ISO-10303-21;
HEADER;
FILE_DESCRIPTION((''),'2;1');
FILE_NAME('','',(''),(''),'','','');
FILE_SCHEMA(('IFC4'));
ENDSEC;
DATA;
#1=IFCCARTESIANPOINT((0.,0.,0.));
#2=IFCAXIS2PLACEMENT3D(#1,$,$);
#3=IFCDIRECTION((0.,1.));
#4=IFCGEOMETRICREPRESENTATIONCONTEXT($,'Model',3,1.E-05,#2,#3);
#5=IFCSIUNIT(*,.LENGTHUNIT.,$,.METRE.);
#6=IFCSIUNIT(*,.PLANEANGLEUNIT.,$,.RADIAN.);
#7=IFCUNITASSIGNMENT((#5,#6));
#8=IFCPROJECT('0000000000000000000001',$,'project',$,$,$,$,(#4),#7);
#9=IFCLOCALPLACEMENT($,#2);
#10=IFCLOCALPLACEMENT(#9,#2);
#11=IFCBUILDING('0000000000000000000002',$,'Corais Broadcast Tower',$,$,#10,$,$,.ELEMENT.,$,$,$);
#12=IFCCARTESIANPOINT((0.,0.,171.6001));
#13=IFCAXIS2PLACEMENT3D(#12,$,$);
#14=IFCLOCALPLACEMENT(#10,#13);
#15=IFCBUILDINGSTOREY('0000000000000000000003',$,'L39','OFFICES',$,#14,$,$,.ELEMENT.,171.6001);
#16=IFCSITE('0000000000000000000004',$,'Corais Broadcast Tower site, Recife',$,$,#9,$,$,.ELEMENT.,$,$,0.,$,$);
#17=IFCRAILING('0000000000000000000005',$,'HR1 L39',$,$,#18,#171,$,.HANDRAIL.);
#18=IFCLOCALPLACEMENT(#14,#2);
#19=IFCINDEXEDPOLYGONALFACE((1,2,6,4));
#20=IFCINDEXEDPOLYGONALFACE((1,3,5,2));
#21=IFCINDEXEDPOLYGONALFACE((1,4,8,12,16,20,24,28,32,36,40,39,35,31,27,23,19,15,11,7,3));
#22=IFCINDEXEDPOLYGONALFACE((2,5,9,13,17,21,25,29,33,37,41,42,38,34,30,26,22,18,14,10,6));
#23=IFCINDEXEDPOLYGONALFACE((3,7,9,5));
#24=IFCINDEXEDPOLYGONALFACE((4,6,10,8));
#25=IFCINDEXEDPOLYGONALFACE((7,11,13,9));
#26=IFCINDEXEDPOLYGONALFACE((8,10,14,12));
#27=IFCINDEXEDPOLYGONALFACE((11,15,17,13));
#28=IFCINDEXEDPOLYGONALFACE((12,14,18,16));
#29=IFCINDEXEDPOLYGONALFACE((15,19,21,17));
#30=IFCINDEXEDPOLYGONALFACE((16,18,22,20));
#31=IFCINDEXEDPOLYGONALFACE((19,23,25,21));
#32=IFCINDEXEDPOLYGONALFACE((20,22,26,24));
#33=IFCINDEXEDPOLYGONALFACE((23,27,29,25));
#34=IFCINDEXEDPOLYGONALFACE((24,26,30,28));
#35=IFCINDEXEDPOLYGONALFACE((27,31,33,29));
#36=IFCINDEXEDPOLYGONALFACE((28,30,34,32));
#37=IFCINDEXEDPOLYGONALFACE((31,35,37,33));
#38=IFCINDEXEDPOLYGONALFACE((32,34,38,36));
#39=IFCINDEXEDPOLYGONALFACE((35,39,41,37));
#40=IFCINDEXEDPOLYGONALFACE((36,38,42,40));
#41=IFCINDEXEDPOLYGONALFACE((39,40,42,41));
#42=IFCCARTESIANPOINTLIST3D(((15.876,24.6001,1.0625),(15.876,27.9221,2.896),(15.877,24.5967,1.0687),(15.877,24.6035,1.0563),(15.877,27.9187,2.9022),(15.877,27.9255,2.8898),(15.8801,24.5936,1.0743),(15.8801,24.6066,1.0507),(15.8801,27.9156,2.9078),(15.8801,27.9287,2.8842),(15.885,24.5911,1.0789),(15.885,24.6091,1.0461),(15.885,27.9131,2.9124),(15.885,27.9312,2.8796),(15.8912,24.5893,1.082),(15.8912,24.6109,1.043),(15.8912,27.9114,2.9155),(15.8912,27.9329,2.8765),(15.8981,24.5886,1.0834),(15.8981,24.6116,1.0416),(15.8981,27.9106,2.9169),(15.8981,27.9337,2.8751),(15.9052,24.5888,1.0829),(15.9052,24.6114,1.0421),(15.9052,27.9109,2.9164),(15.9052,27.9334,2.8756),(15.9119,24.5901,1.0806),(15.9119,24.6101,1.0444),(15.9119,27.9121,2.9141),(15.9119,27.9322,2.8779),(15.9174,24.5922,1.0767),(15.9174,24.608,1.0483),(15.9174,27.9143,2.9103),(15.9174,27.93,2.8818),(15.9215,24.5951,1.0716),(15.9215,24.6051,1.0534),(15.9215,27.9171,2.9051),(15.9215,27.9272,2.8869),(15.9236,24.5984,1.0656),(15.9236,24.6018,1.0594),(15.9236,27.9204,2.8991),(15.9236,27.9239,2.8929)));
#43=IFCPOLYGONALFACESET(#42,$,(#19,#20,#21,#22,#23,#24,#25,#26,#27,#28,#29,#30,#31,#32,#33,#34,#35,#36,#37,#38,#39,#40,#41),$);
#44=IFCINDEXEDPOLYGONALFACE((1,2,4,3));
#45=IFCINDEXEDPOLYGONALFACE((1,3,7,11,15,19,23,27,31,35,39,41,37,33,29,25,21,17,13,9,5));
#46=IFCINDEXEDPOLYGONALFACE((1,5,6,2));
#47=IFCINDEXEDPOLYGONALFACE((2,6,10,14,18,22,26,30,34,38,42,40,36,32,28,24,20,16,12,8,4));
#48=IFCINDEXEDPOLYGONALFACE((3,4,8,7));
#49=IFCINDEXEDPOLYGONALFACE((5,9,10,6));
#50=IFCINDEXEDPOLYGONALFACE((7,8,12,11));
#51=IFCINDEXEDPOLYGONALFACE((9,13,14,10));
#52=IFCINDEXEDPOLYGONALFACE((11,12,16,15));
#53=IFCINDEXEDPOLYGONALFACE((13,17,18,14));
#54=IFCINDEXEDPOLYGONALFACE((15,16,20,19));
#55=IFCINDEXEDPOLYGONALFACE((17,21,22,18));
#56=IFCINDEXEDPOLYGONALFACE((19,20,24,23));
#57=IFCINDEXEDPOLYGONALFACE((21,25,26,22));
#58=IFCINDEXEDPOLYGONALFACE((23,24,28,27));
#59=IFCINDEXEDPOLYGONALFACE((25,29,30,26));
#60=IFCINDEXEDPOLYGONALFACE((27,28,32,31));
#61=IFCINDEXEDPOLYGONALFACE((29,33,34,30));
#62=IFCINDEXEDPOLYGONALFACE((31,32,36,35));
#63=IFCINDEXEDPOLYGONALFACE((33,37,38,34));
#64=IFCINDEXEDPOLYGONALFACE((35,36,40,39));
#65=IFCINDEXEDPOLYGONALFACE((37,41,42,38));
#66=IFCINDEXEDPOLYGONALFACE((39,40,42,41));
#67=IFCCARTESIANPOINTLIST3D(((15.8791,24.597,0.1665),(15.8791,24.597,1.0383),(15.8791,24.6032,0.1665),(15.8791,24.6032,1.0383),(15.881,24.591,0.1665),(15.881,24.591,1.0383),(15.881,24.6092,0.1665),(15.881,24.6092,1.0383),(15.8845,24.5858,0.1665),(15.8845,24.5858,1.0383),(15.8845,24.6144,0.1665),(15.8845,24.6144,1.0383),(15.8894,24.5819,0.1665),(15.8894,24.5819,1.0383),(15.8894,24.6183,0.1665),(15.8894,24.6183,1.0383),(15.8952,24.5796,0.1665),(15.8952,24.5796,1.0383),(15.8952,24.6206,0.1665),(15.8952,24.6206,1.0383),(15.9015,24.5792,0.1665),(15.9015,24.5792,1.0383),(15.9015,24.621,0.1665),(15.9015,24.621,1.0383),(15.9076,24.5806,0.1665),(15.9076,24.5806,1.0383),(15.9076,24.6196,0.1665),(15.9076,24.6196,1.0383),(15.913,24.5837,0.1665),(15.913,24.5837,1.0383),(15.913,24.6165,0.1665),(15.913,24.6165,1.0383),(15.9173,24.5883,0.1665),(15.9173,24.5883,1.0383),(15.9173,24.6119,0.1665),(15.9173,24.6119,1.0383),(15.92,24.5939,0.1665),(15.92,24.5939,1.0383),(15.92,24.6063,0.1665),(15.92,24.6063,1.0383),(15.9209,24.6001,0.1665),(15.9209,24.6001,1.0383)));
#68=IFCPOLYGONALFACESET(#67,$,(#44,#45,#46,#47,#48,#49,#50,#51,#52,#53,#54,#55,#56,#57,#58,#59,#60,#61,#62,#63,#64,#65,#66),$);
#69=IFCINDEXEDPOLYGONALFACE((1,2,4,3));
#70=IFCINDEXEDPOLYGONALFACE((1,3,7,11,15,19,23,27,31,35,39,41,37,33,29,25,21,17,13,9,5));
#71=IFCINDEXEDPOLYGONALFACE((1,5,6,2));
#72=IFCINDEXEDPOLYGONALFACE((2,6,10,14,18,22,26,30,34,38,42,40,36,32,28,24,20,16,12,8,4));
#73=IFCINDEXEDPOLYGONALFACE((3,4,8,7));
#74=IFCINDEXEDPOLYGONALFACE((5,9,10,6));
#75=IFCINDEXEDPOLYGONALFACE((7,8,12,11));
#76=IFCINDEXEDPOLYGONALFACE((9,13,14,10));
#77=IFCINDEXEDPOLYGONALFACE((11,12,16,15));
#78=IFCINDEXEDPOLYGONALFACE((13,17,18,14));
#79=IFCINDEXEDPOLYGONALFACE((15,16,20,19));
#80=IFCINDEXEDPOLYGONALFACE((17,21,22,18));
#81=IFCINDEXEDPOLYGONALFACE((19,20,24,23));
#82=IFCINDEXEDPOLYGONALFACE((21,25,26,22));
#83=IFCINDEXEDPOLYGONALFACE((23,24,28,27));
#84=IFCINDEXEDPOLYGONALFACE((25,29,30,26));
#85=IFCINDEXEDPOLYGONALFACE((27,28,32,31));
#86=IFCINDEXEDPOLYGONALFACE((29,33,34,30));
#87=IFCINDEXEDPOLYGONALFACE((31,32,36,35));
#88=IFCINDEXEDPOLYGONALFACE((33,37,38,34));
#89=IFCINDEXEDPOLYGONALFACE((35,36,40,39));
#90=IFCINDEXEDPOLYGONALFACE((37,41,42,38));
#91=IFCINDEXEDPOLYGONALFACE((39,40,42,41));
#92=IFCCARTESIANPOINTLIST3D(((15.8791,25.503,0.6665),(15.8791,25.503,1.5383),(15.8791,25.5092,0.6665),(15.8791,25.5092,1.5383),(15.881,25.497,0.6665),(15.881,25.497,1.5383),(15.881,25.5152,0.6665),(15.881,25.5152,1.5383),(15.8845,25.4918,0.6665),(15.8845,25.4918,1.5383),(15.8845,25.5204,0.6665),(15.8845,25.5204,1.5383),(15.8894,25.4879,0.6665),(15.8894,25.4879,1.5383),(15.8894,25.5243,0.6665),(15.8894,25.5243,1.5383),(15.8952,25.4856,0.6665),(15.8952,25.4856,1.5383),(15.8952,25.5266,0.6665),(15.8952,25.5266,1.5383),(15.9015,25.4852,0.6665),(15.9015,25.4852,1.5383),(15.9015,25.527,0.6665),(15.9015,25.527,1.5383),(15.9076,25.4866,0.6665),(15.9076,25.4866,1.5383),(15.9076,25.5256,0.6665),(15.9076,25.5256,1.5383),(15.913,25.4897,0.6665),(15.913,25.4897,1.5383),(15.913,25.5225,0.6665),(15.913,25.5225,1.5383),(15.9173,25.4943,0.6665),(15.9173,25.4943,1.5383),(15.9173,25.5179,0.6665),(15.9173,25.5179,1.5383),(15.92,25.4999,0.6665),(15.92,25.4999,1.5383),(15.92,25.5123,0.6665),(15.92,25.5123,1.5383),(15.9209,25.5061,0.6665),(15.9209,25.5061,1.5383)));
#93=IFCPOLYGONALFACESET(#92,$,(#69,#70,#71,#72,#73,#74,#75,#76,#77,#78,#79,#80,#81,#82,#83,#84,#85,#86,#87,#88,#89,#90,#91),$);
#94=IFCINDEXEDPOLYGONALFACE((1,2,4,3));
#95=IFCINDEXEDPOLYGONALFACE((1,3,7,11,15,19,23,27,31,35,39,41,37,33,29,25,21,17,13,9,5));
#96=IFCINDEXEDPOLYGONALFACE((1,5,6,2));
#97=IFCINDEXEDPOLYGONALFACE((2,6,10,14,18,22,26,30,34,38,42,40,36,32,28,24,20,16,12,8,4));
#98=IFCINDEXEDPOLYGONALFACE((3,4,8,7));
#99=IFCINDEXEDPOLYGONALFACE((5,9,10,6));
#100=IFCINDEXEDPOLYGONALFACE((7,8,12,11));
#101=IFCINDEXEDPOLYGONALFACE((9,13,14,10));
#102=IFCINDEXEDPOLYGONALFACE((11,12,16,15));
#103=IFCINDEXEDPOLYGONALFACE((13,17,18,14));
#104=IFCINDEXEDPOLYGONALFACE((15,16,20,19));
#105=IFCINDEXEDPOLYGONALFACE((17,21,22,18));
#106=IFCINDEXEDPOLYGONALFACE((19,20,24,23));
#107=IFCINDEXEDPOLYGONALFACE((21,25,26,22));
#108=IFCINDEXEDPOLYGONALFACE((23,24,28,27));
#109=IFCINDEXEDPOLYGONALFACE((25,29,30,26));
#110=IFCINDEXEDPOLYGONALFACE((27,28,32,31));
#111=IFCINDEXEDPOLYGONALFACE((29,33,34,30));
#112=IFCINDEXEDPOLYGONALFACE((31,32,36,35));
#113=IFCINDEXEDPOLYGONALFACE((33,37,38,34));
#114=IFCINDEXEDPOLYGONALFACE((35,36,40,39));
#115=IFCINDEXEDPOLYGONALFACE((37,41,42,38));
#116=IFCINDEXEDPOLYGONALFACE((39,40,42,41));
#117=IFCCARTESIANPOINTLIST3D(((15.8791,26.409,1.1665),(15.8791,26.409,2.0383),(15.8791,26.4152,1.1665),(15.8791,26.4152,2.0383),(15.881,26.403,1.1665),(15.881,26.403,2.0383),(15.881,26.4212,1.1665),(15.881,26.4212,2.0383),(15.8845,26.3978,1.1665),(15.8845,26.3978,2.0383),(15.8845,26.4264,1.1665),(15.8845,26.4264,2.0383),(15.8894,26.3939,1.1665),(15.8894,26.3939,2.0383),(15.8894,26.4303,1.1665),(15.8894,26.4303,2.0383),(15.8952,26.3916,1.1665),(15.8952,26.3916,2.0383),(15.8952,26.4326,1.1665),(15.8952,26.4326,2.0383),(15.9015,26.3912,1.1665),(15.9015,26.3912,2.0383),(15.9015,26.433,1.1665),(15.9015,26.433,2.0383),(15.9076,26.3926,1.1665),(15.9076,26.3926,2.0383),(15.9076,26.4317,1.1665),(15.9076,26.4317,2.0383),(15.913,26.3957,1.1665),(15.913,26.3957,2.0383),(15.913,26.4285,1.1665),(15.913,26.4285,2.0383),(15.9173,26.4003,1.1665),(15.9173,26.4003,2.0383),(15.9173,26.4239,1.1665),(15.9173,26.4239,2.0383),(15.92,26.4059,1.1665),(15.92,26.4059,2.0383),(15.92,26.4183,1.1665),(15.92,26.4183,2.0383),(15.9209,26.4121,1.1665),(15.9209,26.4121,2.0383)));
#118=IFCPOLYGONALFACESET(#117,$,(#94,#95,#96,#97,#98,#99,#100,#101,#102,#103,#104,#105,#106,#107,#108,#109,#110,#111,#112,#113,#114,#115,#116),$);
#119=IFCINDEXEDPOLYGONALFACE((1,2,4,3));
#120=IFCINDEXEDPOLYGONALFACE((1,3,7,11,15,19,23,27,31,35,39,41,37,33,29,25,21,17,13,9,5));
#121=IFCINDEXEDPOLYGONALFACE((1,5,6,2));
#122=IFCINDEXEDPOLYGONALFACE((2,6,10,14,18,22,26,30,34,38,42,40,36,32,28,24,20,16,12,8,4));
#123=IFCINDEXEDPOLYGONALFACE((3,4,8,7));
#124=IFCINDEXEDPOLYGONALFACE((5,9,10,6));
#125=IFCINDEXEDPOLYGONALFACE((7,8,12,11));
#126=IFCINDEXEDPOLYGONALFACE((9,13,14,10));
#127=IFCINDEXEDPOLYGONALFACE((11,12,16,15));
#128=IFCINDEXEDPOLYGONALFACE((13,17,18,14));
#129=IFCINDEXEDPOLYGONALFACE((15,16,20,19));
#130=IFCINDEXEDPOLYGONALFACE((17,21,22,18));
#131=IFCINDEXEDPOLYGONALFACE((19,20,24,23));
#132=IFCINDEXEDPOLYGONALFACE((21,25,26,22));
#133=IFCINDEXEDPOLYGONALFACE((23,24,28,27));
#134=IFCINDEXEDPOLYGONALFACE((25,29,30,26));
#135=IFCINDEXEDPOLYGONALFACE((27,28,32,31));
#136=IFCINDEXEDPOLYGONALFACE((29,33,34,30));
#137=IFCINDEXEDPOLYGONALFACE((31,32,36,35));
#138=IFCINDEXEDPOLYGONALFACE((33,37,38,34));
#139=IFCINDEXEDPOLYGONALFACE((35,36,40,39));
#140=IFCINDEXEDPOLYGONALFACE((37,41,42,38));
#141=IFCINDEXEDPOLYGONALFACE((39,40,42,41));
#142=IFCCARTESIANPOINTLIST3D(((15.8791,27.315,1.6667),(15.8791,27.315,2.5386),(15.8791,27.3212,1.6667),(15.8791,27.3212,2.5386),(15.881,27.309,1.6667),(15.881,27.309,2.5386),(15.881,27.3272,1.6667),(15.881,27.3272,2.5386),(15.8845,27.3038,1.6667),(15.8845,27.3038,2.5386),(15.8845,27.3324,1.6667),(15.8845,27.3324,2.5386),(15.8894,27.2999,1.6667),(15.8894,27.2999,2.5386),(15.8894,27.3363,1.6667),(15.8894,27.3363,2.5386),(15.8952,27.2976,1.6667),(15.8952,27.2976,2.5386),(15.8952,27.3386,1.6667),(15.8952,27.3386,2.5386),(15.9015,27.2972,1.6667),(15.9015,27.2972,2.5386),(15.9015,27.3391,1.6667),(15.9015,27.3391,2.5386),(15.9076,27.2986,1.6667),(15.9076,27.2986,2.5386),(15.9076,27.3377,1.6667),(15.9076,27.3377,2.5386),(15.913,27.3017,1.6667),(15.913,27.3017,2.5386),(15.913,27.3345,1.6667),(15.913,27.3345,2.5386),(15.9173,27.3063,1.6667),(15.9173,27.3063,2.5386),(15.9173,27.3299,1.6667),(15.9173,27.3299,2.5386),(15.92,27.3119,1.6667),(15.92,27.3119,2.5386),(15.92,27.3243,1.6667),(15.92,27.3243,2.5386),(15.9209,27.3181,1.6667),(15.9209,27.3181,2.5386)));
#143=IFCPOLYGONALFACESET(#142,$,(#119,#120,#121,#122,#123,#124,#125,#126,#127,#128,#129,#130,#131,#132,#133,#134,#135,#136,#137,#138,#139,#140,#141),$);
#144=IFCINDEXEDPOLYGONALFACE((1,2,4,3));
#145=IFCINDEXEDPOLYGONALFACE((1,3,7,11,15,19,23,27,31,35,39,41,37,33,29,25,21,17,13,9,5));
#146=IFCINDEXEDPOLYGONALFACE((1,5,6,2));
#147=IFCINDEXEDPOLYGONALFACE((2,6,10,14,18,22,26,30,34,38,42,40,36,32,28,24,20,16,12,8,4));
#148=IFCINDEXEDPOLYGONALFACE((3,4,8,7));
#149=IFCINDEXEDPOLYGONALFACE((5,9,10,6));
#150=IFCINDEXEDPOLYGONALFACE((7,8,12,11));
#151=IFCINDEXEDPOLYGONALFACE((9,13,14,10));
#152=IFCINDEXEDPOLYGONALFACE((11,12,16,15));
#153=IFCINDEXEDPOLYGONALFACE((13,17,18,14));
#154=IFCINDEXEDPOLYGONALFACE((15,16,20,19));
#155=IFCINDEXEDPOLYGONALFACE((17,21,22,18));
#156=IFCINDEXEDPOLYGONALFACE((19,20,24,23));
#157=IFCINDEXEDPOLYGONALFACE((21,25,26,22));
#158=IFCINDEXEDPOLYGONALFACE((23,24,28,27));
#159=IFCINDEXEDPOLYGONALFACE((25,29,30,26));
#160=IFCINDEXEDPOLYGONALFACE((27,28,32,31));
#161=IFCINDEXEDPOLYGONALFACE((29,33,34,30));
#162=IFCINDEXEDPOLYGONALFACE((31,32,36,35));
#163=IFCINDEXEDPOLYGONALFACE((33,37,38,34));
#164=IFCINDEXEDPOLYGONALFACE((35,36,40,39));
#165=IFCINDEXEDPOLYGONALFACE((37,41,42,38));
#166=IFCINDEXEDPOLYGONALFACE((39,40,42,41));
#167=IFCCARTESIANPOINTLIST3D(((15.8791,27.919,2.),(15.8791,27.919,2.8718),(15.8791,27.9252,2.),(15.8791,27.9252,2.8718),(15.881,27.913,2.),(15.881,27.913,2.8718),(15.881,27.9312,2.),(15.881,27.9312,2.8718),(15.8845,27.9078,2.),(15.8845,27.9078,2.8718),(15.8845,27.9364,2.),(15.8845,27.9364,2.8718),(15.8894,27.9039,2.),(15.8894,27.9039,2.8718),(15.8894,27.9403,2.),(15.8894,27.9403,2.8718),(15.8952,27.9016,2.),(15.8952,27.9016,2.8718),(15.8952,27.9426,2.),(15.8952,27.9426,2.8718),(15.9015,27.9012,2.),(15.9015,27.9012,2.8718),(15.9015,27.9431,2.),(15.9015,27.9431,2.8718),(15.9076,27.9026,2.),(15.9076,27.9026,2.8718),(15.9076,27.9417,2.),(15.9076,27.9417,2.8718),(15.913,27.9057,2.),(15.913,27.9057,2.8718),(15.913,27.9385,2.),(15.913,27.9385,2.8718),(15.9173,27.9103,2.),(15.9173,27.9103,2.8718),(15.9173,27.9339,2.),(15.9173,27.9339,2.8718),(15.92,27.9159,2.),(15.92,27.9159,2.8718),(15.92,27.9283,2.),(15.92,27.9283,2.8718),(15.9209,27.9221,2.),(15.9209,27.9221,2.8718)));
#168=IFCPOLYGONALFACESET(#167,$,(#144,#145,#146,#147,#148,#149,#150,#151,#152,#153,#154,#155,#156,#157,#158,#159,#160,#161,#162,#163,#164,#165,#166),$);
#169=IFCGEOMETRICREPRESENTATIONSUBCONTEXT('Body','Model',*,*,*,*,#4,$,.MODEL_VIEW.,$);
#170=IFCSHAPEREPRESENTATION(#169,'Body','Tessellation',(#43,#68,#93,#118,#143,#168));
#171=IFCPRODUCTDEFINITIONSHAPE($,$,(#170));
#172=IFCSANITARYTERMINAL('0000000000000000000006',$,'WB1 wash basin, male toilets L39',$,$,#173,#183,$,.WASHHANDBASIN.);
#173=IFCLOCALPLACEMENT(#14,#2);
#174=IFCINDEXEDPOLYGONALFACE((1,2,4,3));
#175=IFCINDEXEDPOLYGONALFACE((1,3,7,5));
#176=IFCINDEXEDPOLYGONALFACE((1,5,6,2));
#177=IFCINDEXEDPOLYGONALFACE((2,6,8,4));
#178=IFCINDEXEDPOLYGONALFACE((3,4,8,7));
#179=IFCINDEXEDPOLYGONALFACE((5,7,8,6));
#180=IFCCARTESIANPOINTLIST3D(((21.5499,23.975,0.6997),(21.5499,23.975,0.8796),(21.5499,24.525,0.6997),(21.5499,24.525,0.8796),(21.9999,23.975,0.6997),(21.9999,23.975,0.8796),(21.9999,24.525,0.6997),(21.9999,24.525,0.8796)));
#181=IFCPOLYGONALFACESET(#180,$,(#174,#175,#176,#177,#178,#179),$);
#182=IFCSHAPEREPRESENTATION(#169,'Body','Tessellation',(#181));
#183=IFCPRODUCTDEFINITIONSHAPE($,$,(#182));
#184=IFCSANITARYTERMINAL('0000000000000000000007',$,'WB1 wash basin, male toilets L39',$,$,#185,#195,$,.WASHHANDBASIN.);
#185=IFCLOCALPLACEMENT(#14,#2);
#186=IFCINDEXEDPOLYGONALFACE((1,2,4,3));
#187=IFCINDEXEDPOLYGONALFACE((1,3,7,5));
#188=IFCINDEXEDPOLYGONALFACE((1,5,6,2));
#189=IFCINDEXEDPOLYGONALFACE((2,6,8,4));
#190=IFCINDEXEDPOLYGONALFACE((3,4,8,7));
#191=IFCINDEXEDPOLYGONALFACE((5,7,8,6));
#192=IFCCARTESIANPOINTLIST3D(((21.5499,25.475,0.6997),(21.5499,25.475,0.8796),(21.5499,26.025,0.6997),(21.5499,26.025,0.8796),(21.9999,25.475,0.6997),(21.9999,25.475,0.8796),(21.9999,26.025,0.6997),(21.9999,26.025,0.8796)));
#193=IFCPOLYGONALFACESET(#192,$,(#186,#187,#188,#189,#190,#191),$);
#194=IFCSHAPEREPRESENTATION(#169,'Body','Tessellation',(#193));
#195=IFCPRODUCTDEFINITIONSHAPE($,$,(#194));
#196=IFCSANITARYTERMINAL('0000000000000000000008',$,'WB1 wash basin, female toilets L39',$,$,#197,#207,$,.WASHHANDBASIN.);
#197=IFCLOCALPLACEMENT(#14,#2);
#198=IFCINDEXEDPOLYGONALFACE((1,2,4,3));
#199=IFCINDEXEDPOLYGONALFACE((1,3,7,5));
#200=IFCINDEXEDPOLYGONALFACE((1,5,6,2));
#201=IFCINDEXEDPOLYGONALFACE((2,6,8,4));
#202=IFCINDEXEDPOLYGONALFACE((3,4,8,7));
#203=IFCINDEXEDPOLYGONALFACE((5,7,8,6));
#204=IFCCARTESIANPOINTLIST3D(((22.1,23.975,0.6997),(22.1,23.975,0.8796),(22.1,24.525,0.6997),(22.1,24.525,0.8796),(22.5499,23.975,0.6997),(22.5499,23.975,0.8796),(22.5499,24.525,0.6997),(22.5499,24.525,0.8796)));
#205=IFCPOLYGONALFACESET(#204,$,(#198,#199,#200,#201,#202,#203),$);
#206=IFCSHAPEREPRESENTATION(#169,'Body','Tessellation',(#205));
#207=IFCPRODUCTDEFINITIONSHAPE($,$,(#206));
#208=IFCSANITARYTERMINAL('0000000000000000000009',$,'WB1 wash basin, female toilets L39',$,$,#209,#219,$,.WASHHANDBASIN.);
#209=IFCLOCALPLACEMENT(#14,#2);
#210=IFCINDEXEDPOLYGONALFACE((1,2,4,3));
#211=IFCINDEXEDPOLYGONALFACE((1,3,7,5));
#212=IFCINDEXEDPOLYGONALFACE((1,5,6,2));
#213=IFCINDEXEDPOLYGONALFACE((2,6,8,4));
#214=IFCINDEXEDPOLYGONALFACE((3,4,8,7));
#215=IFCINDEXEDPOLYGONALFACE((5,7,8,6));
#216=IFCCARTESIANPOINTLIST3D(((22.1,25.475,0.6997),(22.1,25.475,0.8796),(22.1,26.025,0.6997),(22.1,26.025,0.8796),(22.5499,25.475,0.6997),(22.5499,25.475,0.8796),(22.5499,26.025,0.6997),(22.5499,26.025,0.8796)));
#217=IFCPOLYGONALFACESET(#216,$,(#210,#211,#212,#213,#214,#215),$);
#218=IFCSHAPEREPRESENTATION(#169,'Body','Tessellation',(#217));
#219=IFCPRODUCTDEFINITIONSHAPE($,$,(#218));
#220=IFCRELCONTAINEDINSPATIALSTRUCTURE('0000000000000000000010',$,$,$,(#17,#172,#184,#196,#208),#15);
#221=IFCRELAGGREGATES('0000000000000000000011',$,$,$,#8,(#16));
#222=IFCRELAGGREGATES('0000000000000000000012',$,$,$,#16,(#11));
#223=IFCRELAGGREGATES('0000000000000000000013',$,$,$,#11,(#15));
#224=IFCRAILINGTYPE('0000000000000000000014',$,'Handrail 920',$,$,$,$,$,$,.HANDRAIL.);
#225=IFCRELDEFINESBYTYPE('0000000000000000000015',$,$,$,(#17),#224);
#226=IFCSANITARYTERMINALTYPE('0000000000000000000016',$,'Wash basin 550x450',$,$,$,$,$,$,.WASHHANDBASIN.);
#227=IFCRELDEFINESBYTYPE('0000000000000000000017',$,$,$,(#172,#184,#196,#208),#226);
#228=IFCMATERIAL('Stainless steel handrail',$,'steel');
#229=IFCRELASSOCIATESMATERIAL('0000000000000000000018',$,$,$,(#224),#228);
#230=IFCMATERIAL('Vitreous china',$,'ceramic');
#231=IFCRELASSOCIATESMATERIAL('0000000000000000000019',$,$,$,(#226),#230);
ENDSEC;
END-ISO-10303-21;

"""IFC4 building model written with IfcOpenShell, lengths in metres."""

from ifc_helpers import new_model, si_unit, direction, frame, origin, origin_2d, place, context, subcontext, project, spatial, rectangle, circle, extrude, material, type_object, element, save


model = new_model("IFC4")

# Units and contexts
model_context = context("Model", 3, precision=1e-05, world=origin(), true_north=direction((0.0, 1.0)))
body_context = subcontext(model_context, "Body", "Model", "MODEL_VIEW")
ifc_project = project(units=[si_unit("LENGTHUNIT", "METRE"), si_unit("PLANEANGLEUNIT", "RADIAN")], contexts=[model_context])

# Site, building, storey
site_placement = place(None, origin())
site = spatial("IfcSite", under=ifc_project, at=site_placement, Name="Corais Broadcast Tower site, Recife", CompositionType="ELEMENT", RefElevation=0.0)
building_placement = place(site_placement, origin())
building = spatial("IfcBuilding", under=site, at=building_placement, Name="Corais Broadcast Tower", CompositionType="ELEMENT")
storey_placement = place(building_placement, frame((0.0, 0.0, 171.6001)))
storey = spatial("IfcBuildingStorey", under=building, at=storey_placement, Name="L39", Description="OFFICES", CompositionType="ELEMENT", Elevation=171.6001)

# Railing
ifc_material_1 = material(Name="Stainless steel handrail", Category="steel")
railing_type = type_object("IfcRailingType", Name="Handrail 920", PredefinedType="HANDRAIL", material=ifc_material_1)
for number, where, name in (
    (1, (15.8999, 24.6001, 0.1665), "HR1 L39"),
):
    element("IfcRailing", number, at=place(storey_placement, frame(where)), inside=storey, type_object=railing_type, Name=name, PredefinedType="HANDRAIL", context=body_context, shape_type="SweptSolid", body=[
        extrude(circle(Radius=0.0239, at=origin_2d()), frame((0.0, 0.0, 0.896), z_axis=(0.0, 0.875504, 0.48321), x_axis=(-1.0, 0.0, 0.0)), (0.0, 0.0, 1.0), 3.7944),
        extrude(circle(Radius=0.021, at=origin_2d()), origin(), (0.0, 0.0, 1.0), 0.8718),
        extrude(circle(Radius=0.021, at=origin_2d()), frame((0.0, 0.906, 0.5)), (0.0, 0.0, 1.0), 0.8718),
        extrude(circle(Radius=0.021, at=origin_2d()), frame((0.0, 1.812, 1.0)), (0.0, 0.0, 1.0), 0.8718),
        extrude(circle(Radius=0.021, at=origin_2d()), frame((0.0, 2.718, 1.5002)), (0.0, 0.0, 1.0), 0.8718),
        extrude(circle(Radius=0.021, at=origin_2d()), frame((0.0, 3.322, 1.8335)), (0.0, 0.0, 1.0), 0.8718),
    ])

# Sanitary terminals
ifc_material_2 = material(Name="Vitreous china", Category="ceramic")
sanitary_terminal_type = type_object("IfcSanitaryTerminalType", Name="Wash basin 550x450", PredefinedType="WASHHANDBASIN", material=ifc_material_2)
for number, where, z_axis, x_axis, name in (
    (2, (21.7749, 24.25, 0.6997), (0.0, 0.0, 1.0), (1.0, 0.0, 0.0), "WB1 wash basin, male toilets L39"),
    (3, (21.7749, 25.75, 0.6997), (0.0, 0.0, 1.0), (1.0, 0.0, 0.0), "WB1 wash basin, male toilets L39"),
    (4, (22.325, 24.25, 0.6997), (0.0, 0.0, 1.0), (1.0, 0.0, 0.0), "WB1 wash basin, female toilets L39"),
    (5, (22.325, 25.75, 0.6997), (0.0, 0.0, 1.0), (1.0, 0.0, 0.0), "WB1 wash basin, female toilets L39"),
):
    element("IfcSanitaryTerminal", number, at=place(storey_placement, frame(where, z_axis=z_axis, x_axis=x_axis)), inside=storey, type_object=sanitary_terminal_type, Name=name, PredefinedType="WASHHANDBASIN", context=body_context, shape_type="SweptSolid", body=[
        extrude(rectangle(XDim=0.45, YDim=0.55, at=origin_2d()), origin(), (0.0, 0.0, 1.0), 0.1799),
    ])

save(model, "model.ifc")
